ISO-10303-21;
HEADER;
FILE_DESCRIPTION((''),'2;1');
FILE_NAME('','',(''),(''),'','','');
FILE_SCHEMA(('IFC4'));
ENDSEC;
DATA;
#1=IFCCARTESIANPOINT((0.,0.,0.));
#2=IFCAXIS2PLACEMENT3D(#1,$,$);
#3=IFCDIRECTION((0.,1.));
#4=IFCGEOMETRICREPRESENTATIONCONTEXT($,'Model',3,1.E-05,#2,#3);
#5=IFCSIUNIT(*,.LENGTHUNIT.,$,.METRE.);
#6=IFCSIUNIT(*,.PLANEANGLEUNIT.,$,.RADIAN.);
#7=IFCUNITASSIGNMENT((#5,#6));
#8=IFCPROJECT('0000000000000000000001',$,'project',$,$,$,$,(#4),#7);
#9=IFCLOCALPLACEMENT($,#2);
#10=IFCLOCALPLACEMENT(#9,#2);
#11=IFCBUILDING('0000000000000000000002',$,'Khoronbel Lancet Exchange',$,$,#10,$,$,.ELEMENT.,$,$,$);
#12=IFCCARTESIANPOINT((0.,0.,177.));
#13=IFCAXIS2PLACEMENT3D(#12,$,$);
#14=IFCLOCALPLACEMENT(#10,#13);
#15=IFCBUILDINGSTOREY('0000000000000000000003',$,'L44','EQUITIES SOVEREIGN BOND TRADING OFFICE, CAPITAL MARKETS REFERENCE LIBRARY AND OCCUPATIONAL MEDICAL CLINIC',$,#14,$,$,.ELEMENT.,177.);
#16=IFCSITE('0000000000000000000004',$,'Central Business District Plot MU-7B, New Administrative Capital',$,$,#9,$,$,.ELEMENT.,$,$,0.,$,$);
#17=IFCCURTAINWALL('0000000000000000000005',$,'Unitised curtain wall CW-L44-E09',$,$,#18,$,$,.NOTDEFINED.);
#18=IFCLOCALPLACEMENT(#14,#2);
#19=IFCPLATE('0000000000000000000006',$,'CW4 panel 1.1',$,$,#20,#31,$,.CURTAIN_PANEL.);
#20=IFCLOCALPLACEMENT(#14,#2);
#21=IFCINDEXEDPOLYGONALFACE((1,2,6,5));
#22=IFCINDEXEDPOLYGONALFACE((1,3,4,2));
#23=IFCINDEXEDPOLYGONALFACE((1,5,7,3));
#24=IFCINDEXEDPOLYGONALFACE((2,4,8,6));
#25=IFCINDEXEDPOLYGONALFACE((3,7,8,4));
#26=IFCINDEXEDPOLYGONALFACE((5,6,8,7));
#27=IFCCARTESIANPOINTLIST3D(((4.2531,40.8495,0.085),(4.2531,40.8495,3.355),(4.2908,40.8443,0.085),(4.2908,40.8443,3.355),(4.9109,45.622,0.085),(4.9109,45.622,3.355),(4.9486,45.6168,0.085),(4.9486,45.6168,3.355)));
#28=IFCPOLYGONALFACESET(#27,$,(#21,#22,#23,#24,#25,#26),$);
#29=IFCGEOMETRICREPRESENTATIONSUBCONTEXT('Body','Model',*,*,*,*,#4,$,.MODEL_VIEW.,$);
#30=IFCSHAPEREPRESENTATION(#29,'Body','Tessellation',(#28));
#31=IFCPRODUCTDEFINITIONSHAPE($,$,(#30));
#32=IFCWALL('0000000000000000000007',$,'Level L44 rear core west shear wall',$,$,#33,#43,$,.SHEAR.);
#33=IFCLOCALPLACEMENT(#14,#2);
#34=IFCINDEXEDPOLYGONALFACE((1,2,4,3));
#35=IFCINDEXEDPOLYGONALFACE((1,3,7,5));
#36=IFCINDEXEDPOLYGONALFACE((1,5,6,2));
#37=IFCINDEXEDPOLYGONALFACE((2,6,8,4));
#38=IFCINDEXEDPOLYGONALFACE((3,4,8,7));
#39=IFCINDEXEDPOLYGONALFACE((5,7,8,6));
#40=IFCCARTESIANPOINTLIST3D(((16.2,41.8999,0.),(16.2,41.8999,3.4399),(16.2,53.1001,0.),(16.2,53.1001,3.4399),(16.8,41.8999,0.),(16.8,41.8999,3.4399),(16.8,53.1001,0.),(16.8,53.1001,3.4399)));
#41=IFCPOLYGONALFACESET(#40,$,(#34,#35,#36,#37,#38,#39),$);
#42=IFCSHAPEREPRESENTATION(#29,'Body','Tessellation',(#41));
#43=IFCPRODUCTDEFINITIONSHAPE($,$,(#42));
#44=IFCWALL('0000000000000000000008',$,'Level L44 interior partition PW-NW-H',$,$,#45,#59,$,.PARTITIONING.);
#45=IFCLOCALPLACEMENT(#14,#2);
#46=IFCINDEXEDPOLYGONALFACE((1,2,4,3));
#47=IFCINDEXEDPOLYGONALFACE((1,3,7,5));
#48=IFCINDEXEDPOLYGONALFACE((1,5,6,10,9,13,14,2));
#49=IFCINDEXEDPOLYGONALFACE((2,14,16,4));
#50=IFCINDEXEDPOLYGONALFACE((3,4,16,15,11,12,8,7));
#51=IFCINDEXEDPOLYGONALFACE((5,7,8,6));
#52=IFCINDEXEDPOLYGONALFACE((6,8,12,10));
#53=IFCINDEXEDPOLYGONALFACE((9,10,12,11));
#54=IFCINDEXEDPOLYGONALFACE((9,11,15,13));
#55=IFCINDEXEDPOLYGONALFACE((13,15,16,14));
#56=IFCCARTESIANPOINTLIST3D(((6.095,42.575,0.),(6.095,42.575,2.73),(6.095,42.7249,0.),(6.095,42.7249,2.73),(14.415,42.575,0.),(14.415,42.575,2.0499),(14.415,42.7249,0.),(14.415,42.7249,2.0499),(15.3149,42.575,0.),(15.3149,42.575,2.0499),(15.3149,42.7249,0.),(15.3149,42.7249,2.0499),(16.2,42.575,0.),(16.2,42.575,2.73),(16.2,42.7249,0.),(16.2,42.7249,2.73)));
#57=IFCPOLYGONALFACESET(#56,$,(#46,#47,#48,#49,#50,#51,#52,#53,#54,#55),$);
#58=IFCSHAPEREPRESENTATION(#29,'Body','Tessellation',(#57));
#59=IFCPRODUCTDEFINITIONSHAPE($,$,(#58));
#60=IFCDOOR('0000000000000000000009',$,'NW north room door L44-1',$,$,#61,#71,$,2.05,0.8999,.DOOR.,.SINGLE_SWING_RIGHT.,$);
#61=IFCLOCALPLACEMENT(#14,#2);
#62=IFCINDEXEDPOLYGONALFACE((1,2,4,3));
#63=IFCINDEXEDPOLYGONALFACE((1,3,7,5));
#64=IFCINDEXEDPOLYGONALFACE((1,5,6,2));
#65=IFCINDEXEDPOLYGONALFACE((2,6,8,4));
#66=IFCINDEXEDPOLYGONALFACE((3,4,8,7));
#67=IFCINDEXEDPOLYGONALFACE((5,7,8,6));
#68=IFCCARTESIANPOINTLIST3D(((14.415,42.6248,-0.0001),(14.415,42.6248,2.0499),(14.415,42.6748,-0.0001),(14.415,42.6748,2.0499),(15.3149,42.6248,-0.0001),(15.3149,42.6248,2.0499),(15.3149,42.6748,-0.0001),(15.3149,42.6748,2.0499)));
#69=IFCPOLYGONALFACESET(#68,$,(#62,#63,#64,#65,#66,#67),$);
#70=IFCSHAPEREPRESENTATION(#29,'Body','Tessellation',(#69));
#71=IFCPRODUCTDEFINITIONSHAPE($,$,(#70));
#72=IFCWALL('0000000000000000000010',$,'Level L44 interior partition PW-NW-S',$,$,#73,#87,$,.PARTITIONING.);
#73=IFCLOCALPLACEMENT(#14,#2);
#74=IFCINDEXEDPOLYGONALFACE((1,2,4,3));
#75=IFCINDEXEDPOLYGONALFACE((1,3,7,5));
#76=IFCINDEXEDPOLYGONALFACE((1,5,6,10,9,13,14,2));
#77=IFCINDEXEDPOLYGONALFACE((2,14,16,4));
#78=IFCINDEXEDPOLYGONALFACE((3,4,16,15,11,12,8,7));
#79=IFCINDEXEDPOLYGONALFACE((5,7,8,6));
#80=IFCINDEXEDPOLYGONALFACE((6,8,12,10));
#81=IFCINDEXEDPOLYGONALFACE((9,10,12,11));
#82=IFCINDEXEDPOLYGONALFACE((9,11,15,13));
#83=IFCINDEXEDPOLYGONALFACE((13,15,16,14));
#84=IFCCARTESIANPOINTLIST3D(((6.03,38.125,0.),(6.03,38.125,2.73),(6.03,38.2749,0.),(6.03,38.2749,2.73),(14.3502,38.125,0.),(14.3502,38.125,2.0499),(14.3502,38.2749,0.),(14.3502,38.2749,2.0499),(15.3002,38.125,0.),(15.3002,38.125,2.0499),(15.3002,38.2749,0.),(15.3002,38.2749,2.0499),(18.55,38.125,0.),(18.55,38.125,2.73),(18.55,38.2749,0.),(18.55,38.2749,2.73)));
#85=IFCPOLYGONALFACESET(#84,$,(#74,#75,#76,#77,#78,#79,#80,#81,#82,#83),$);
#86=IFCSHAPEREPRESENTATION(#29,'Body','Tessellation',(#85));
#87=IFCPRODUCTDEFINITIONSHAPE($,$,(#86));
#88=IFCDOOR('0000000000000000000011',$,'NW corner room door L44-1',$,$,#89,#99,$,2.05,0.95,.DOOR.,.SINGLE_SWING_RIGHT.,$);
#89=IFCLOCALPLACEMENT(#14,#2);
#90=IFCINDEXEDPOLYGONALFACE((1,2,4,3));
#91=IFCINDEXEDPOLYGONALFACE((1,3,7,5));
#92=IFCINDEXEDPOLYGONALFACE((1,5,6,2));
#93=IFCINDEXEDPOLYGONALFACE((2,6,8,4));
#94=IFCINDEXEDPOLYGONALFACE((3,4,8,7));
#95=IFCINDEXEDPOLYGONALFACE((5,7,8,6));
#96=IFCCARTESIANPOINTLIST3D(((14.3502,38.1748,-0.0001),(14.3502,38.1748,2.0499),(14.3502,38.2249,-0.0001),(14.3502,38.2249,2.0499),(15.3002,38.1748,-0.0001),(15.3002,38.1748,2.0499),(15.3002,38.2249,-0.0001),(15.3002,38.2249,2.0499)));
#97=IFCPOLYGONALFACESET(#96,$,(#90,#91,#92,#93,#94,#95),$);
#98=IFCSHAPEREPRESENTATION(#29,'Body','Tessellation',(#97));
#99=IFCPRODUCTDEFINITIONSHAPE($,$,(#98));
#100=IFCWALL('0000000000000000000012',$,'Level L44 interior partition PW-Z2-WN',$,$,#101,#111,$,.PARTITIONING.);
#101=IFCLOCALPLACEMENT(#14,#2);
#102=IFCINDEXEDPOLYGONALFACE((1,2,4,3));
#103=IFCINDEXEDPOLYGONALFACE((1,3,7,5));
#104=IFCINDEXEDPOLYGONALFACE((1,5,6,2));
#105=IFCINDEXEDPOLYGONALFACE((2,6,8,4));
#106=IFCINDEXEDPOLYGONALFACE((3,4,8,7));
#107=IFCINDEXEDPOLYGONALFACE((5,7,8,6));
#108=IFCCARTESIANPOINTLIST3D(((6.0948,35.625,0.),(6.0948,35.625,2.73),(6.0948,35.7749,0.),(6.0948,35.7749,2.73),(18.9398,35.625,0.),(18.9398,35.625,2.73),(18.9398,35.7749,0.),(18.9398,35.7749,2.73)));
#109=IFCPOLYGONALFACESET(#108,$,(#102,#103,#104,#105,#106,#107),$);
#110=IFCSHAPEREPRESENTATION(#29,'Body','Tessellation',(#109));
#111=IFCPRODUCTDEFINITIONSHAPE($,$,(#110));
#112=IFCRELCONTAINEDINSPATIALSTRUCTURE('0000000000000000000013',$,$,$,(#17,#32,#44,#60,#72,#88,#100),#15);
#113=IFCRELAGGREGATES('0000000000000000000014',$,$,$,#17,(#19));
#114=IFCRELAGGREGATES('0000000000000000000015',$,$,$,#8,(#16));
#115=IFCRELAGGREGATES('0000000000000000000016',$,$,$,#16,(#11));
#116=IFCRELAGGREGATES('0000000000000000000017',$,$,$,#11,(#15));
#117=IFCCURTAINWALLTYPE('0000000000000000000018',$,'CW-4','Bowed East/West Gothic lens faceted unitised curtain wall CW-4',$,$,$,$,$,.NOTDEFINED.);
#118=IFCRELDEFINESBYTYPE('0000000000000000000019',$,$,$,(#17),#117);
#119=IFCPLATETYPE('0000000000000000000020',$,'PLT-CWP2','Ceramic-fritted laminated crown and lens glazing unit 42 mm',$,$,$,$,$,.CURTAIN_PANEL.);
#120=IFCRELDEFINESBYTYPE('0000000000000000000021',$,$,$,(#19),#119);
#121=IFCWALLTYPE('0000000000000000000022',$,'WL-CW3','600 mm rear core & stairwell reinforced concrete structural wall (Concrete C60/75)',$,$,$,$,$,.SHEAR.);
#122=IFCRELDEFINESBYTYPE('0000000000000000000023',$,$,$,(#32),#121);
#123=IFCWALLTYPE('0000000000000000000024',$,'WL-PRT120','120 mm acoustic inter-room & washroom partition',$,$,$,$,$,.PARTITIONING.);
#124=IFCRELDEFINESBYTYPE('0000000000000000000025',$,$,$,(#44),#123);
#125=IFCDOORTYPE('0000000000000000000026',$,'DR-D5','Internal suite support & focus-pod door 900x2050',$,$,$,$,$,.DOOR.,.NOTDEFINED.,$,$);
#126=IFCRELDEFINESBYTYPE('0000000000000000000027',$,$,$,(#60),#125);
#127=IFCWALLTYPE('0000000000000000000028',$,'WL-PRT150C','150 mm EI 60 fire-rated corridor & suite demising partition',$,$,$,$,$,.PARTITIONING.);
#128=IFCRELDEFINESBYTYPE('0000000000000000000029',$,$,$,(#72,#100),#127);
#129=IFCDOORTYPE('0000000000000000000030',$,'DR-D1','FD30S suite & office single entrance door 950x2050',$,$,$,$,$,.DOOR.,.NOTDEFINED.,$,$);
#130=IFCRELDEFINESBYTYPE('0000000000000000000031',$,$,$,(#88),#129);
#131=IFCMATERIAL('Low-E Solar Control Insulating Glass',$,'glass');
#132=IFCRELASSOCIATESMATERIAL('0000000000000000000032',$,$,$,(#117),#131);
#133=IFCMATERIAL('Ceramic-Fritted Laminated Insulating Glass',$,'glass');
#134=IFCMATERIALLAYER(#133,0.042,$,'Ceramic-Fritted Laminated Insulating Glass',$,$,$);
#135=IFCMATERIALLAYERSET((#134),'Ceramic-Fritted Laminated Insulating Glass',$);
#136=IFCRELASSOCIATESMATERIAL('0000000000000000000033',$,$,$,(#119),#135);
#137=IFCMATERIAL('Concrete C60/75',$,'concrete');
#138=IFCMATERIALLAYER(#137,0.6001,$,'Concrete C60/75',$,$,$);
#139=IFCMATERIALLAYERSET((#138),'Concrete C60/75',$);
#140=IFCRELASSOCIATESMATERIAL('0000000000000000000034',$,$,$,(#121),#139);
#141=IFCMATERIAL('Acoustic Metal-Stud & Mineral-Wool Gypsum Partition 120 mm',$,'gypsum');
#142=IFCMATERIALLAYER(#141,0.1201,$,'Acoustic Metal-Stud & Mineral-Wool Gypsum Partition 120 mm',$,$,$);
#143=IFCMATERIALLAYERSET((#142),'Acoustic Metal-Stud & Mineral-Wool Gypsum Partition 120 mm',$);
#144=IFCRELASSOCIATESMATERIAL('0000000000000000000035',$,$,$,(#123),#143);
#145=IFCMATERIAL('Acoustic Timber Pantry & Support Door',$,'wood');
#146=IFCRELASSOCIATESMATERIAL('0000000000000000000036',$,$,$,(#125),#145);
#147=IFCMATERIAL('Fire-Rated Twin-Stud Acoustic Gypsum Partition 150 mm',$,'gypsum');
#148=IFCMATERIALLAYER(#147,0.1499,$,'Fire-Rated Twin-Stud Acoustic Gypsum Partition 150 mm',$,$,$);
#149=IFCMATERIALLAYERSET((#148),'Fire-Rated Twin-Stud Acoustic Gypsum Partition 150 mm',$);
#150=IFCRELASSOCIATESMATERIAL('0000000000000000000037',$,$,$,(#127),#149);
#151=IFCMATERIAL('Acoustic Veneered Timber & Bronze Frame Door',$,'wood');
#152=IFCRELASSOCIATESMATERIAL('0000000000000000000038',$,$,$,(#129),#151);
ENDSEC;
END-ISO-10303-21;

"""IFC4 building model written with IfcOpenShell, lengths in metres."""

from ifc_helpers import new_model, si_unit, direction, frame, frame_2d, origin, origin_2d, place, context, subcontext, project, spatial, rectangle, extrude, material, layer, layer_set, type_object, element, fill, aggregate, save


model = new_model("IFC4")

# Units and contexts
model_context = context("Model", 3, precision=1e-05, world=origin(), true_north=direction((0.0, 1.0)))
body_context = subcontext(model_context, "Body", "Model", "MODEL_VIEW")
ifc_project = project(units=[si_unit("LENGTHUNIT", "METRE"), si_unit("PLANEANGLEUNIT", "RADIAN")], contexts=[model_context])

# Site, building, storey
site_placement = place(None, origin())
site = spatial("IfcSite", under=ifc_project, at=site_placement, Name="Central Business District Plot MU-7B, New Administrative Capital", CompositionType="ELEMENT", RefElevation=0.0)
building_placement = place(site_placement, origin())
building = spatial("IfcBuilding", under=site, at=building_placement, Name="Khoronbel Lancet Exchange", CompositionType="ELEMENT")
storey_placement = place(building_placement, frame((0.0, 0.0, 177.0)))
storey = spatial("IfcBuildingStorey", under=building, at=storey_placement, Name="L44", Description="EQUITIES SOVEREIGN BOND TRADING OFFICE, CAPITAL MARKETS REFERENCE LIBRARY AND OCCUPATIONAL MEDICAL CLINIC", CompositionType="ELEMENT", Elevation=177.0)

# Shared definitions
ifc_material_1 = material(Name="Low-E Solar Control Insulating Glass", Category="glass")
curtain_wall_type = type_object("IfcCurtainWallType", Name="CW-4", Description="Bowed East/West Gothic lens faceted unitised curtain wall CW-4", PredefinedType="NOTDEFINED", material=ifc_material_1)

# Curtain wall
curtain_wall_1_placement = place(storey_placement, origin())
curtain_wall_1 = element("IfcCurtainWall", 1, at=curtain_wall_1_placement, inside=storey, type_object=curtain_wall_type, Name="Unitised curtain wall CW-L44-E09", PredefinedType="NOTDEFINED")

# Plate
ifc_material_2 = material(Name="Ceramic-Fritted Laminated Insulating Glass", Category="glass")
ifc_layer_1 = layer(ifc_material_2, 0.042, Name="Ceramic-Fritted Laminated Insulating Glass")
ifc_layer_set_1 = layer_set([ifc_layer_1], Name="Ceramic-Fritted Laminated Insulating Glass")
plate_type_1 = type_object("IfcPlateType", Name="PLT-CWP2", Description="Ceramic-fritted laminated crown and lens glazing unit 42 mm", PredefinedType="CURTAIN_PANEL", material=ifc_layer_set_1)
plate_1_placement = place(storey_placement, frame((4.6008, 43.2332, 0.085), z_axis=(0.0, 0.0, 1.0), x_axis=(0.136541, 0.990634, 0.0)))
plate_1 = element("IfcPlate", 2, at=plate_1_placement, type_object=plate_type_1, Name="CW4 panel 1.1", PredefinedType="CURTAIN_PANEL", context=body_context, shape_type="SweptSolid", body=[
    extrude(rectangle(XDim=4.8176, YDim=0.0381, at=origin_2d()), origin(), (0.0, 0.0, 1.0), 3.27),
])
aggregate(curtain_wall_1, [plate_1])

# Wall
ifc_material_3 = material(Name="Concrete C60/75", Category="concrete")
ifc_layer_2 = layer(ifc_material_3, 0.6001, Name="Concrete C60/75")
ifc_layer_set_2 = layer_set([ifc_layer_2], Name="Concrete C60/75")
wall_type_1 = type_object("IfcWallType", Name="WL-CW3", Description="600 mm rear core & stairwell reinforced concrete structural wall (Concrete C60/75)", PredefinedType="SHEAR", material=ifc_layer_set_2)
wall_1_placement = place(storey_placement, frame((16.5, 41.8999, 0.0), z_axis=(0.0, 0.0, 1.0), x_axis=(0.0, 1.0, 0.0)))
element("IfcWall", 3, at=wall_1_placement, inside=storey, type_object=wall_type_1, Name="Level L44 rear core west shear wall", PredefinedType="SHEAR", context=body_context, shape_type="SweptSolid", body=[
    extrude(rectangle(XDim=11.2002, YDim=0.6001, at=frame_2d((5.6001, 0.0))), origin(), (0.0, 0.0, 1.0), 3.4399),
])

# Walls, openings, doors
ifc_material_4 = material(Name="Acoustic Metal-Stud & Mineral-Wool Gypsum Partition 120 mm", Category="gypsum")
ifc_layer_3 = layer(ifc_material_4, 0.1201, Name="Acoustic Metal-Stud & Mineral-Wool Gypsum Partition 120 mm")
ifc_layer_set_3 = layer_set([ifc_layer_3], Name="Acoustic Metal-Stud & Mineral-Wool Gypsum Partition 120 mm")
wall_type_2 = type_object("IfcWallType", Name="WL-PRT120", Description="120 mm acoustic inter-room & washroom partition", PredefinedType="PARTITIONING", material=ifc_layer_set_3)
wall_2_placement = place(storey_placement, frame((6.095, 42.6499, 0.0), z_axis=(0.0, 0.0, 1.0), x_axis=(1.0, 0.0, 0.0)))
wall_2 = element("IfcWall", 4, at=wall_2_placement, inside=storey, type_object=wall_type_2, Name="Level L44 interior partition PW-NW-H", PredefinedType="PARTITIONING", context=body_context, shape_type="SweptSolid", body=[
    extrude(rectangle(XDim=10.105, YDim=0.1499, at=frame_2d((5.0525, 0.0))), origin(), (0.0, 0.0, 1.0), 2.73),
])
opening_1_placement = place(wall_2_placement, frame((8.3201, 0.0, 0.0)))
opening_1 = element("IfcOpeningElement", 5, at=opening_1_placement, cuts=wall_2, PredefinedType="OPENING", context=body_context, shape_type="SweptSolid", body=[
    extrude(rectangle(XDim=0.8999, YDim=2.05, at=frame_2d((0.45, 1.0249))), frame((0.0, 0.085, 0.0), z_axis=(0.0, -1.0, 0.0), x_axis=(1.0, 0.0, 0.0)), (0.0, 0.0, 1.0), 0.1699),
])
ifc_material_5 = material(Name="Acoustic Timber Pantry & Support Door", Category="wood")
door_type_1 = type_object("IfcDoorType", Name="DR-D5", Description="Internal suite support & focus-pod door 900x2050", OperationType="NOTDEFINED", PredefinedType="DOOR", material=ifc_material_5)
door_1_placement = place(opening_1_placement, origin())
door_1 = element("IfcDoor", 6, at=door_1_placement, inside=storey, type_object=door_type_1, Name="NW north room door L44-1", OperationType="SINGLE_SWING_RIGHT", OverallHeight=2.05, OverallWidth=0.8999, PredefinedType="DOOR", context=body_context, shape_type="SweptSolid", body=[
    extrude(rectangle(XDim=0.8999, YDim=2.05, at=frame_2d((0.45, 1.0249))), frame((0.0, 0.0249, 0.0), z_axis=(0.0, -1.0, 0.0), x_axis=(1.0, 0.0, 0.0)), (0.0, 0.0, 1.0), 0.05),
])
fill(opening_1, door_1)
ifc_material_6 = material(Name="Fire-Rated Twin-Stud Acoustic Gypsum Partition 150 mm", Category="gypsum")
ifc_layer_4 = layer(ifc_material_6, 0.1499, Name="Fire-Rated Twin-Stud Acoustic Gypsum Partition 150 mm")
ifc_layer_set_4 = layer_set([ifc_layer_4], Name="Fire-Rated Twin-Stud Acoustic Gypsum Partition 150 mm")
wall_type_3 = type_object("IfcWallType", Name="WL-PRT150C", Description="150 mm EI 60 fire-rated corridor & suite demising partition", PredefinedType="PARTITIONING", material=ifc_layer_set_4)
wall_3_placement = place(storey_placement, frame((6.03, 38.2, 0.0), z_axis=(0.0, 0.0, 1.0), x_axis=(1.0, 0.0, 0.0)))
wall_3 = element("IfcWall", 7, at=wall_3_placement, inside=storey, type_object=wall_type_3, Name="Level L44 interior partition PW-NW-S", PredefinedType="PARTITIONING", context=body_context, shape_type="SweptSolid", body=[
    extrude(rectangle(XDim=12.52, YDim=0.1499, at=frame_2d((6.26, 0.0))), origin(), (0.0, 0.0, 1.0), 2.73),
])
opening_2_placement = place(wall_3_placement, frame((8.3201, 0.0, 0.0)))
opening_2 = element("IfcOpeningElement", 8, at=opening_2_placement, cuts=wall_3, PredefinedType="OPENING", context=body_context, shape_type="SweptSolid", body=[
    extrude(rectangle(XDim=0.95, YDim=2.05, at=frame_2d((0.4751, 1.0249))), frame((0.0, 0.085, 0.0), z_axis=(0.0, -1.0, 0.0), x_axis=(1.0, 0.0, 0.0)), (0.0, 0.0, 1.0), 0.1699),
])
ifc_material_7 = material(Name="Acoustic Veneered Timber & Bronze Frame Door", Category="wood")
door_type_2 = type_object("IfcDoorType", Name="DR-D1", Description="FD30S suite & office single entrance door 950x2050", OperationType="NOTDEFINED", PredefinedType="DOOR", material=ifc_material_7)
door_2_placement = place(opening_2_placement, origin())
door_2 = element("IfcDoor", 9, at=door_2_placement, inside=storey, type_object=door_type_2, Name="NW corner room door L44-1", OperationType="SINGLE_SWING_RIGHT", OverallHeight=2.05, OverallWidth=0.95, PredefinedType="DOOR", context=body_context, shape_type="SweptSolid", body=[
    extrude(rectangle(XDim=0.95, YDim=2.05, at=frame_2d((0.4751, 1.0249))), frame((0.0, 0.0249, 0.0), z_axis=(0.0, -1.0, 0.0), x_axis=(1.0, 0.0, 0.0)), (0.0, 0.0, 1.0), 0.05),
])
fill(opening_2, door_2)

# Wall
wall_4_placement = place(storey_placement, frame((6.095, 35.7, 0.0), z_axis=(0.0, 0.0, 1.0), x_axis=(1.0, 0.0, 0.0)))
element("IfcWall", 10, at=wall_4_placement, inside=storey, type_object=wall_type_3, Name="Level L44 interior partition PW-Z2-WN", PredefinedType="PARTITIONING", context=body_context, shape_type="SweptSolid", body=[
    extrude(rectangle(XDim=12.845, YDim=0.1499, at=frame_2d((6.4224, 0.0))), origin(), (0.0, 0.0, 1.0), 2.73),
])

save(model, "model.ifc")
